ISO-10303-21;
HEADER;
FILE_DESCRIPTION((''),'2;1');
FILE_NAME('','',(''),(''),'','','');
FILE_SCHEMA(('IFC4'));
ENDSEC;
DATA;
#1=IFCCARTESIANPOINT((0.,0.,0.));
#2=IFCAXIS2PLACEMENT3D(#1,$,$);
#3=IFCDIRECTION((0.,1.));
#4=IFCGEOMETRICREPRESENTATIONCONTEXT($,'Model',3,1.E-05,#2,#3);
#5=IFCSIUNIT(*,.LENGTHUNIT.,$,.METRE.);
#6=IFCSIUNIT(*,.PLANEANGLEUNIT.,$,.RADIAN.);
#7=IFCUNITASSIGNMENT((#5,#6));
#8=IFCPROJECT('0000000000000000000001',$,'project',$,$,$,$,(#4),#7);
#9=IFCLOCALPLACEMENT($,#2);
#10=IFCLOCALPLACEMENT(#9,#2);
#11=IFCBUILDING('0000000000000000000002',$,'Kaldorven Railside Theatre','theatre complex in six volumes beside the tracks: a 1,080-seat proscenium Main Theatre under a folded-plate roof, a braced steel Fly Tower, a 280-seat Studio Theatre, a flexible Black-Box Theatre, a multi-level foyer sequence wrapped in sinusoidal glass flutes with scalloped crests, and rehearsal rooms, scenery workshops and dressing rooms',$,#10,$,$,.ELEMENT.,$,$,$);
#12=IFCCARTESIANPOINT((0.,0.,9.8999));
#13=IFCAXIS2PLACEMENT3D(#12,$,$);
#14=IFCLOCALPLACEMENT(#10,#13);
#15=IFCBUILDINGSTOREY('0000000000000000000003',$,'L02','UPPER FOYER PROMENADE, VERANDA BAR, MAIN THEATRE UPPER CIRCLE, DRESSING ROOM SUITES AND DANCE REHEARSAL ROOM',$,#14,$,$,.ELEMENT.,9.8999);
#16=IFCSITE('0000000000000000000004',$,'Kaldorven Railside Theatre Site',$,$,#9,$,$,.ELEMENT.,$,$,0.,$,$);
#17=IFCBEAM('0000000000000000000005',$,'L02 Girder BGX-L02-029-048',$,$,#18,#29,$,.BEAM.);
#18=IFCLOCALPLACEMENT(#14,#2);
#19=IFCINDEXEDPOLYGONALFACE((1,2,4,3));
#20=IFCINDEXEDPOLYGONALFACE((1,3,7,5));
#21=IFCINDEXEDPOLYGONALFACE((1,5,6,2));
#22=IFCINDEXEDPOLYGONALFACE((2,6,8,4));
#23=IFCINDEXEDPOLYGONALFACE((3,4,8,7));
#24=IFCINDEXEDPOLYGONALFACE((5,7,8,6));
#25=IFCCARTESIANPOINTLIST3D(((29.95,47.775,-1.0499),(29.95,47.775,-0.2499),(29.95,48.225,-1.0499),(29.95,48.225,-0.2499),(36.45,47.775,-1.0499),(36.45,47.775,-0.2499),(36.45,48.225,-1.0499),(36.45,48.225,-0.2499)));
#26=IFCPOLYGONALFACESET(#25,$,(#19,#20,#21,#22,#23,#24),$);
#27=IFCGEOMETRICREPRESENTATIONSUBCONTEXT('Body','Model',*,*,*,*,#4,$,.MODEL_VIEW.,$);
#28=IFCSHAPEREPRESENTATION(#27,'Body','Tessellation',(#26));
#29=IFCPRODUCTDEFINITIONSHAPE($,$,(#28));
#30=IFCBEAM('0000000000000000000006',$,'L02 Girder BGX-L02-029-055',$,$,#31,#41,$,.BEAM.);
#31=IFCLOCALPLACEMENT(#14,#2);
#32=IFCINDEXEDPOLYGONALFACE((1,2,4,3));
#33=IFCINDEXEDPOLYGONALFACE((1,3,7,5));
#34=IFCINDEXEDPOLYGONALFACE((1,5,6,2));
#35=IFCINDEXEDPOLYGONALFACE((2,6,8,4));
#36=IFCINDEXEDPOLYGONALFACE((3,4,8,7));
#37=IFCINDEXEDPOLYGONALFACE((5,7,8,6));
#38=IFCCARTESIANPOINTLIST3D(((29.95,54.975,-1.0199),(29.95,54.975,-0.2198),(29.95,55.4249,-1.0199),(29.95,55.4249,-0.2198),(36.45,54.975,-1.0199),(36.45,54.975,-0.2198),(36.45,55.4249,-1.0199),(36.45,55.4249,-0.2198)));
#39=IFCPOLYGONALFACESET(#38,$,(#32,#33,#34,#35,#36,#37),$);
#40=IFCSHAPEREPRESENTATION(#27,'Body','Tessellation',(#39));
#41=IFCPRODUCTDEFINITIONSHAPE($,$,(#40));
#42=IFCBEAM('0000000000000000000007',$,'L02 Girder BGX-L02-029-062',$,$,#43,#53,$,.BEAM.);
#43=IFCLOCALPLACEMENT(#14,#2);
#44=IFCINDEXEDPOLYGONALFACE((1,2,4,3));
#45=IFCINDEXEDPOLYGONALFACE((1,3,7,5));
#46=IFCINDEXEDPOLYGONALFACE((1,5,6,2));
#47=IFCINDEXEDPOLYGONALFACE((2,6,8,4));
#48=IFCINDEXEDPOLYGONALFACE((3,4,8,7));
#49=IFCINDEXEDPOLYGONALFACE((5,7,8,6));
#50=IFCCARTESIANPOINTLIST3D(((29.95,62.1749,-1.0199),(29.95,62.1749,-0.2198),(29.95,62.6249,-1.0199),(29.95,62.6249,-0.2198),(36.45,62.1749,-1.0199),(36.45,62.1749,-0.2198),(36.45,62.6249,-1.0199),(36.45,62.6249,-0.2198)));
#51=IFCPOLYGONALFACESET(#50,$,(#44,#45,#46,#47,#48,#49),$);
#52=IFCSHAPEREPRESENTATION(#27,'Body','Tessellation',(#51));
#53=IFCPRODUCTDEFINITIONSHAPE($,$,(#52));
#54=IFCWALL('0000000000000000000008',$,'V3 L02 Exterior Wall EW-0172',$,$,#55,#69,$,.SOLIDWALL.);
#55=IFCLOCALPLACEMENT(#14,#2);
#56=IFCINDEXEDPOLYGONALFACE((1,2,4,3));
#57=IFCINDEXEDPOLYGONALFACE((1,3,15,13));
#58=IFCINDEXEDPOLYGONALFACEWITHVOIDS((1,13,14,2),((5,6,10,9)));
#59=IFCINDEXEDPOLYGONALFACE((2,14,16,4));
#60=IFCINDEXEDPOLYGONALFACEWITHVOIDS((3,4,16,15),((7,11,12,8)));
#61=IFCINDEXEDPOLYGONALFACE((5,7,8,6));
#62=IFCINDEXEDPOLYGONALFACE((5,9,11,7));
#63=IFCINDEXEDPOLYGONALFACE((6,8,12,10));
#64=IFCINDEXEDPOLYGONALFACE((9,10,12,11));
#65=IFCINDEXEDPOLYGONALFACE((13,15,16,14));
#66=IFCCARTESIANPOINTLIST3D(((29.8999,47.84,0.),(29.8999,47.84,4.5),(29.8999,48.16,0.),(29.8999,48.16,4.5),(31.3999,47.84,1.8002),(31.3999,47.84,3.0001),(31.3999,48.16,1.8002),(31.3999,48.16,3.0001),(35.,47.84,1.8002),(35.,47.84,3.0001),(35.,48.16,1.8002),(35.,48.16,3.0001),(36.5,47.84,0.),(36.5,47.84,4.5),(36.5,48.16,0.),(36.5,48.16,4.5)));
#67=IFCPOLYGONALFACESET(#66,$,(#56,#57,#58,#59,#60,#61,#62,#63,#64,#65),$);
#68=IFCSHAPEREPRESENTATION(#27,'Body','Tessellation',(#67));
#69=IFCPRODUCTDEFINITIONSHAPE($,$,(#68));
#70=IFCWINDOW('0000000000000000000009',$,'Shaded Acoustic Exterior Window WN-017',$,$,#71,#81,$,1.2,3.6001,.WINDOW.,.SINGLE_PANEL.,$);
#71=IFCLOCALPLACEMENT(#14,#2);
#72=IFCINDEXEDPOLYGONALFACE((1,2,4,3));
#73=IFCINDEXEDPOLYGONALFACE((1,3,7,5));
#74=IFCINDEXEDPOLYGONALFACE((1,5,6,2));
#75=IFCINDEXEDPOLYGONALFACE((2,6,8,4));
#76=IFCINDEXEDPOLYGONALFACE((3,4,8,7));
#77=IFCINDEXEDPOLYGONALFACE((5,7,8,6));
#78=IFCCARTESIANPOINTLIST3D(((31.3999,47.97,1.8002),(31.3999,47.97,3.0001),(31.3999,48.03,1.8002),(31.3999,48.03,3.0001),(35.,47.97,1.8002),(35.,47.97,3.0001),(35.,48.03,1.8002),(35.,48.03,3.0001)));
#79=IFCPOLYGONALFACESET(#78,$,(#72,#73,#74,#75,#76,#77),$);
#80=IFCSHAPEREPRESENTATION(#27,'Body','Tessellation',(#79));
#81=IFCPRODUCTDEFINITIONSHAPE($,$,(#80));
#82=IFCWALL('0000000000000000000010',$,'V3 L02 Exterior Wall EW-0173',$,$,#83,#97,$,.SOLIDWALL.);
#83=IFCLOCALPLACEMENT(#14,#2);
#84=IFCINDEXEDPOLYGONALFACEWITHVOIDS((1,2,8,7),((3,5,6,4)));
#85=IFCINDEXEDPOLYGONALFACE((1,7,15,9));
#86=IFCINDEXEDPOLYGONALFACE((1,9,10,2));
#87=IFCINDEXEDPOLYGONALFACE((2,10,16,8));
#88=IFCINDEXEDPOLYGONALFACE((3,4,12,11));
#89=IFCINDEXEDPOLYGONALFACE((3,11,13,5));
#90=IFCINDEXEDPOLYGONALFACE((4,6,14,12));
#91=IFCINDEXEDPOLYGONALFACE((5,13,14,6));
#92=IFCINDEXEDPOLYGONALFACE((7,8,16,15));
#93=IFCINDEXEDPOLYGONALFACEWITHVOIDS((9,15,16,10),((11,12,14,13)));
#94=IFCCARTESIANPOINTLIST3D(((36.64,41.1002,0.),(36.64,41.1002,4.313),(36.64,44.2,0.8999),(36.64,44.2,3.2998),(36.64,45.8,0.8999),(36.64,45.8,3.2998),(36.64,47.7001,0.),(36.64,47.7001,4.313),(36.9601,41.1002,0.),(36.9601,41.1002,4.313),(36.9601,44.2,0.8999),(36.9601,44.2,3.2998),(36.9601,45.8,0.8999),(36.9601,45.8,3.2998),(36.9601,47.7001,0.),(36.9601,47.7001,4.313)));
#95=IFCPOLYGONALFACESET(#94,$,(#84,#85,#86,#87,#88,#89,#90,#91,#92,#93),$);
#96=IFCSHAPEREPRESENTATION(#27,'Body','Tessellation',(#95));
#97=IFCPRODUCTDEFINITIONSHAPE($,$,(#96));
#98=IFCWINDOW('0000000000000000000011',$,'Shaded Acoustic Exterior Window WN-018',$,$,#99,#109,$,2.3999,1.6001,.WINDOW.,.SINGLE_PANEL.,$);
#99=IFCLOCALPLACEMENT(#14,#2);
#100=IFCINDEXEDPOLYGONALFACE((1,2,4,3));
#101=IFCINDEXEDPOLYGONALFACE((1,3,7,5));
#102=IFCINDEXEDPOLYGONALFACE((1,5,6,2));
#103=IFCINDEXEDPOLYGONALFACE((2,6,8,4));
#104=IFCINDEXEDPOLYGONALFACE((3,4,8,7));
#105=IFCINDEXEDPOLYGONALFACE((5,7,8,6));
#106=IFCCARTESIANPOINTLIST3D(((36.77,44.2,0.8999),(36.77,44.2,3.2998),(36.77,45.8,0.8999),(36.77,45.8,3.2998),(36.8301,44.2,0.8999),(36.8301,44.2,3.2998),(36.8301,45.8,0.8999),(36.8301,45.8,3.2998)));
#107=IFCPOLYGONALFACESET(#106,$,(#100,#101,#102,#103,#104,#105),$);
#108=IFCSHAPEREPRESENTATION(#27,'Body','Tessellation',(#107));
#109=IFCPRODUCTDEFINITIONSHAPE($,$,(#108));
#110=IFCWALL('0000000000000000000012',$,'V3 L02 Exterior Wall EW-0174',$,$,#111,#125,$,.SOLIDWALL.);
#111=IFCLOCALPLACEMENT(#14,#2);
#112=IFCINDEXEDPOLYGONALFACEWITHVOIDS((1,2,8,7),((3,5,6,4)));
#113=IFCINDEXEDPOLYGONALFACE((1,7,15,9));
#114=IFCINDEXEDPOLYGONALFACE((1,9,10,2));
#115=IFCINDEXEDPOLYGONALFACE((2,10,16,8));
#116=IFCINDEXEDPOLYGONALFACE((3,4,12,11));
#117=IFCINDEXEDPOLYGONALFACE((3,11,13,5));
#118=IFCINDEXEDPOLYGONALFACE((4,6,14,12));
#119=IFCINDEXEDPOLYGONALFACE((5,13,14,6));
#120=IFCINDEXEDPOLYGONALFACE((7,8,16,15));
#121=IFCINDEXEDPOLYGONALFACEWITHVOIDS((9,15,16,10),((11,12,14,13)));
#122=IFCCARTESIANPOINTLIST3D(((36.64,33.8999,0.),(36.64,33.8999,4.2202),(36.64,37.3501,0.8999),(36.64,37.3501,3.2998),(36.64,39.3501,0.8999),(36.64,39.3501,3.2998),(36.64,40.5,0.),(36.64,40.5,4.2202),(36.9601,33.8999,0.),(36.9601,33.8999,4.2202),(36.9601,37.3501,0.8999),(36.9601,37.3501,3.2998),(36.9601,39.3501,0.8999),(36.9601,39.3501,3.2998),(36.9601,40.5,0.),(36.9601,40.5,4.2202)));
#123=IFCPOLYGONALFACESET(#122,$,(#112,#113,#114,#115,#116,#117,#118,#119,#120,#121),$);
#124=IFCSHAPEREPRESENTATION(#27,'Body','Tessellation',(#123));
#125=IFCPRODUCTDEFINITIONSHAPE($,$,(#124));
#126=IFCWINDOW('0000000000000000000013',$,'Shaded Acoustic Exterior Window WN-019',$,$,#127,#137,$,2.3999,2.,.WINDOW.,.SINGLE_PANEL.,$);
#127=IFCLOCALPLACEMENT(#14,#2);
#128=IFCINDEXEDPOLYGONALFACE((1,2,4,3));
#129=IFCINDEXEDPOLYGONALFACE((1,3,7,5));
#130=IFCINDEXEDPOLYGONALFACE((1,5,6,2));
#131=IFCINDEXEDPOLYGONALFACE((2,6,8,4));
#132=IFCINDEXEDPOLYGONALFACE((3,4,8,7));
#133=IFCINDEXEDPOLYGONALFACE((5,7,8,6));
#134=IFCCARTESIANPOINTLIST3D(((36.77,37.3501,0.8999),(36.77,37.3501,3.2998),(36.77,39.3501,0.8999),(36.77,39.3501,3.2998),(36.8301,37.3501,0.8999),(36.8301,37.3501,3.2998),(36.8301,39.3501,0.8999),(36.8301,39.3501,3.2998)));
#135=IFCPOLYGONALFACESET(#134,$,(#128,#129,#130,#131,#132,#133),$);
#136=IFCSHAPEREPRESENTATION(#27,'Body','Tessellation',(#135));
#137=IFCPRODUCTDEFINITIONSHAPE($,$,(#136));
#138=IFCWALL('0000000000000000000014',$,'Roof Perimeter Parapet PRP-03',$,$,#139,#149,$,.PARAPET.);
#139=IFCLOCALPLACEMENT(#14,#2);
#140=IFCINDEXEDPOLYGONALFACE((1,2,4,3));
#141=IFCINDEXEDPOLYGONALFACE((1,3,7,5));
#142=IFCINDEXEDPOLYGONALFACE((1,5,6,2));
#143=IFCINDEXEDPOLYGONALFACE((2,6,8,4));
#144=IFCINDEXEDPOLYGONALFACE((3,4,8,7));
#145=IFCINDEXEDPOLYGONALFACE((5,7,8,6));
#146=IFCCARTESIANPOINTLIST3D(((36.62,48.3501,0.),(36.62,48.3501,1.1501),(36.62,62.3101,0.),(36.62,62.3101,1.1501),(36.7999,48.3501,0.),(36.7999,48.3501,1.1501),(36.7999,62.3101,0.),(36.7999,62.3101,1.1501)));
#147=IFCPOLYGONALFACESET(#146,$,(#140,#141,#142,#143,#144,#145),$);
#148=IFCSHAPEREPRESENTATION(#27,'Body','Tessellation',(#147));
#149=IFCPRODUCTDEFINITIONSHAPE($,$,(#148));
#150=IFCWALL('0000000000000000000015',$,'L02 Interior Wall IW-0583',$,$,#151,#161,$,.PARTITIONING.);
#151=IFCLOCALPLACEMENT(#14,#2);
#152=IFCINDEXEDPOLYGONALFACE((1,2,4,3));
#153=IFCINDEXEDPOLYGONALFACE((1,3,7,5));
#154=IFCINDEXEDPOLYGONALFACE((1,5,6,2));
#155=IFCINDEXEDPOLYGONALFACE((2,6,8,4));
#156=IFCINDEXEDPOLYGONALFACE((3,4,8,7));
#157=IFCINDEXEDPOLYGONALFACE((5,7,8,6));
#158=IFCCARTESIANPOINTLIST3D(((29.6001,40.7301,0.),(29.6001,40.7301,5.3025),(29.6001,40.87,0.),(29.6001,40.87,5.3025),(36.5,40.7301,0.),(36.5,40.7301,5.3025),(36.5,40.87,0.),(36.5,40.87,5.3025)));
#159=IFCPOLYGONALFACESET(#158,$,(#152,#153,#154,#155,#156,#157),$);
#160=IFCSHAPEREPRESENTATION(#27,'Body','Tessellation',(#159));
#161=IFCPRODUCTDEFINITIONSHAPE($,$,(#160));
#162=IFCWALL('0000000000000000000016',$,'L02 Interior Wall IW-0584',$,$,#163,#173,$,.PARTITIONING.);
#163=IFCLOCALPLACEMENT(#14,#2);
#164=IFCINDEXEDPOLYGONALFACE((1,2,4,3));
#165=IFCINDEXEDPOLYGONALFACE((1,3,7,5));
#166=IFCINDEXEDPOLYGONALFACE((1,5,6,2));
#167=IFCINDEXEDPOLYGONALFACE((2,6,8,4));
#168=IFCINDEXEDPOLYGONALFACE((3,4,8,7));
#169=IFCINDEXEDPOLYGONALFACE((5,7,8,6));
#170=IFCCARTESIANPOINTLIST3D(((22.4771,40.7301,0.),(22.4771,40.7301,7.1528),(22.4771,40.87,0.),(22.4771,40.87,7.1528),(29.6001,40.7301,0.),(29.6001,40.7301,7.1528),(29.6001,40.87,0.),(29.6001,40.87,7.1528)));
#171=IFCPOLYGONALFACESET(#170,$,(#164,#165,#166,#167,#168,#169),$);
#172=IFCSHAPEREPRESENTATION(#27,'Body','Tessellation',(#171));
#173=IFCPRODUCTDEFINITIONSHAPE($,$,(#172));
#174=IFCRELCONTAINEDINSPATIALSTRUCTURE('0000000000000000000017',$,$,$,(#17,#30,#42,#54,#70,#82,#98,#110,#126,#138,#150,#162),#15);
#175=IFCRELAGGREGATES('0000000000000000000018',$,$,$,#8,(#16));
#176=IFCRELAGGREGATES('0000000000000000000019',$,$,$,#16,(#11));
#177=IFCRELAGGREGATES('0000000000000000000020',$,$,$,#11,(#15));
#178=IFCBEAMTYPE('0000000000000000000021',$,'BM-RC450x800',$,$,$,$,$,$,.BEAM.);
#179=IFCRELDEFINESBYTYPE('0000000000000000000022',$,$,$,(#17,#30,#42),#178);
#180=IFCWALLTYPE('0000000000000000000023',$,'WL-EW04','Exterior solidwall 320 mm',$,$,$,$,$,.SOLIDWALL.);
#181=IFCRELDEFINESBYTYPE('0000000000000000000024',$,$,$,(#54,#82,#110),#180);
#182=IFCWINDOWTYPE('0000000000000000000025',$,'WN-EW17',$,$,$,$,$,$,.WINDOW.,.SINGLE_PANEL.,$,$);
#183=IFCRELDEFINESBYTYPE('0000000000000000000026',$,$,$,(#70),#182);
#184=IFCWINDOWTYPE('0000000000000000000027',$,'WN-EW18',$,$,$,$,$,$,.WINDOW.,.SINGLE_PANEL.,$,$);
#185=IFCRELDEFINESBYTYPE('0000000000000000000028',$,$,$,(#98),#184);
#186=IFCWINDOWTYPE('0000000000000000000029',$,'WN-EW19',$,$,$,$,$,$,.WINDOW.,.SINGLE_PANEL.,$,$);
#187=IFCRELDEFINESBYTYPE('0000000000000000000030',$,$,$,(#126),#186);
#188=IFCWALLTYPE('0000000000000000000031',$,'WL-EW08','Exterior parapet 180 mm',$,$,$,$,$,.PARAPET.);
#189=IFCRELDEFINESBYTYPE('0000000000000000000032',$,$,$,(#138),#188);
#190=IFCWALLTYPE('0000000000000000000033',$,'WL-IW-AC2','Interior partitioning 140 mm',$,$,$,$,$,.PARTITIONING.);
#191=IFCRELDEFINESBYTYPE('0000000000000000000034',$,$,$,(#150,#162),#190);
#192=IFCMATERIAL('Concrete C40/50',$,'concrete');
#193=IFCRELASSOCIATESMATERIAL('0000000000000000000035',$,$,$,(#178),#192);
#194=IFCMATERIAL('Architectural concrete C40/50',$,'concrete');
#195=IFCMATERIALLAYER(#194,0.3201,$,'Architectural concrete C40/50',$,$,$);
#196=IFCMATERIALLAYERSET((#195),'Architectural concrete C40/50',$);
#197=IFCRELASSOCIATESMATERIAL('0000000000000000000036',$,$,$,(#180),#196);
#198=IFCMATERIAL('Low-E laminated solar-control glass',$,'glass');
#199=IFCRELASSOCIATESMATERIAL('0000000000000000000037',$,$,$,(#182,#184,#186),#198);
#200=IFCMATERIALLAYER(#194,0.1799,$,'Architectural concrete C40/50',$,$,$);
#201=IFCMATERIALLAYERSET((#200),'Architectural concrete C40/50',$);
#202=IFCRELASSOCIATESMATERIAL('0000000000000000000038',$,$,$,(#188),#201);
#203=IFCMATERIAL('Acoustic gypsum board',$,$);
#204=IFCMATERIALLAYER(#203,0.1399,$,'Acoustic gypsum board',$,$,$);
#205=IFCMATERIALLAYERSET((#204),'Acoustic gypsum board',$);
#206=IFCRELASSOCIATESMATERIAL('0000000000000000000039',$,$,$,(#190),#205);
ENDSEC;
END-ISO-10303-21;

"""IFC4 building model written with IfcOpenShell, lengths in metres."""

from ifc_helpers import new_model, si_unit, direction, frame, frame_2d, origin, origin_2d, place, context, subcontext, project, spatial, rectangle, extrude, material, layer, layer_set, material_profile, profile_set, type_object, element, fill, save


model = new_model("IFC4")

# Units and contexts
model_context = context("Model", 3, precision=1e-05, world=origin(), true_north=direction((0.0, 1.0)))
body_context = subcontext(model_context, "Body", "Model", "MODEL_VIEW")
ifc_project = project(units=[si_unit("LENGTHUNIT", "METRE"), si_unit("PLANEANGLEUNIT", "RADIAN")], contexts=[model_context])

# Site, building, storey
site_placement = place(None, origin())
site = spatial("IfcSite", under=ifc_project, at=site_placement, Name="Kaldorven Railside Theatre Site", CompositionType="ELEMENT", RefElevation=0.0)
building_placement = place(site_placement, origin())
building = spatial("IfcBuilding", under=site, at=building_placement, Name="Kaldorven Railside Theatre", Description="theatre complex in six volumes beside the tracks: a 1,080-seat proscenium Main Theatre under a folded-plate roof, a braced steel Fly Tower, a 280-seat Studio Theatre, a flexible Black-Box Theatre, a multi-level foyer sequence wrapped in sinusoidal glass flutes with scalloped crests, and rehearsal rooms, scenery workshops and dressing rooms", CompositionType="ELEMENT")
storey_placement = place(building_placement, frame((0.0, 0.0, 9.8999)))
storey = spatial("IfcBuildingStorey", under=building, at=storey_placement, Name="L02", Description="UPPER FOYER PROMENADE, VERANDA BAR, MAIN THEATRE UPPER CIRCLE, DRESSING ROOM SUITES AND DANCE REHEARSAL ROOM", CompositionType="ELEMENT", Elevation=9.8999)

# Shared definitions
ifc_material_1 = material(Name="Concrete C40/50", Category="concrete")

# Beams
ifc_material_profile_1 = material_profile(ifc_material_1, rectangle(XDim=0.45, YDim=0.8, at=origin_2d()), Name="RC 450x800")
ifc_profile_set_1 = profile_set([ifc_material_profile_1], Name="Concrete C40/50")
beam_type_1 = type_object("IfcBeamType", Name="BM-RC450x800", PredefinedType="BEAM", material=ifc_profile_set_1)
for number, where, z_axis, x_axis, name in (
    (1, (29.95, 48.0, -0.6499), (1.0, 0.0, 0.0), (0.0, 1.0, 0.0), "L02 Girder BGX-L02-029-048"),
    (2, (29.95, 55.2, -0.6199), (1.0, 0.0, 0.0), (0.0, 1.0, 0.0), "L02 Girder BGX-L02-029-055"),
    (3, (29.95, 62.3999, -0.6199), (1.0, 0.0, 0.0), (0.0, 1.0, 0.0), "L02 Girder BGX-L02-029-062"),
):
    element("IfcBeam", number, at=place(storey_placement, frame(where, z_axis=z_axis, x_axis=x_axis)), inside=storey, type_object=beam_type_1, Name=name, PredefinedType="BEAM", context=body_context, shape_type="SweptSolid", body=[
        extrude(rectangle(XDim=0.45, YDim=0.8, at=origin_2d()), origin(), (0.0, 0.0, 1.0), 6.5),
    ])

# Walls, openings, windows
ifc_material_2 = material(Name="Architectural concrete C40/50", Category="concrete")
ifc_layer_1 = layer(ifc_material_2, 0.3201, Name="Architectural concrete C40/50")
ifc_layer_set_1 = layer_set([ifc_layer_1], Name="Architectural concrete C40/50")
wall_type_1 = type_object("IfcWallType", Name="WL-EW04", Description="Exterior solidwall 320 mm", PredefinedType="SOLIDWALL", material=ifc_layer_set_1)
wall_1_placement = place(storey_placement, frame((29.8999, 48.0, 0.0), z_axis=(0.0, 0.0, 1.0), x_axis=(1.0, 0.0, 0.0)))
wall_1 = element("IfcWall", 4, at=wall_1_placement, inside=storey, type_object=wall_type_1, Name="V3 L02 Exterior Wall EW-0172", PredefinedType="SOLIDWALL", context=body_context, shape_type="SweptSolid", body=[
    extrude(rectangle(XDim=6.6001, YDim=0.3201, at=frame_2d((3.3, 0.0))), origin(), (0.0, 0.0, 1.0), 4.5),
])
opening_1_placement = place(wall_1_placement, frame((1.5, 0.0, 1.8)))
opening_1 = element("IfcOpeningElement", 5, at=opening_1_placement, cuts=wall_1, PredefinedType="OPENING", context=body_context, shape_type="SweptSolid", body=[
    extrude(rectangle(XDim=3.6001, YDim=1.2, at=frame_2d((1.8, 0.6001))), frame((0.0, 0.1699, 0.0), z_axis=(0.0, -1.0, 0.0), x_axis=(1.0, 0.0, 0.0)), (0.0, 0.0, 1.0), 0.3401),
])
ifc_material_3 = material(Name="Low-E laminated solar-control glass", Category="glass")
window_type_1 = type_object("IfcWindowType", Name="WN-EW17", PartitioningType="SINGLE_PANEL", PredefinedType="WINDOW", material=ifc_material_3)
window_1_placement = place(opening_1_placement, origin())
window_1 = element("IfcWindow", 6, at=window_1_placement, inside=storey, type_object=window_type_1, Name="Shaded Acoustic Exterior Window WN-017", OverallHeight=1.2, OverallWidth=3.6001, PartitioningType="SINGLE_PANEL", PredefinedType="WINDOW", context=body_context, shape_type="SweptSolid", body=[
    extrude(rectangle(XDim=3.6001, YDim=1.2, at=frame_2d((1.8, 0.6001))), frame((0.0, 0.03, 0.0), z_axis=(0.0, -1.0, 0.0), x_axis=(1.0, 0.0, 0.0)), (0.0, 0.0, 1.0), 0.0601),
])
fill(opening_1, window_1)
wall_2_placement = place(storey_placement, frame((36.8, 47.7, 0.0), z_axis=(0.0, 0.0, 1.0), x_axis=(0.0, -1.0, 0.0)))
wall_2 = element("IfcWall", 7, at=wall_2_placement, inside=storey, type_object=wall_type_1, Name="V3 L02 Exterior Wall EW-0173", PredefinedType="SOLIDWALL", context=body_context, shape_type="SweptSolid", body=[
    extrude(rectangle(XDim=6.5999, YDim=0.3201, at=frame_2d((3.2998, 0.0))), origin(), (0.0, 0.0, 1.0), 4.313),
])
opening_2_placement = place(wall_2_placement, frame((1.8999, 0.0, 0.8999)))
opening_2 = element("IfcOpeningElement", 8, at=opening_2_placement, cuts=wall_2, PredefinedType="OPENING", context=body_context, shape_type="SweptSolid", body=[
    extrude(rectangle(XDim=1.6001, YDim=2.3999, at=frame_2d((0.8, 1.2))), frame((0.0, 0.1699, 0.0), z_axis=(0.0, -1.0, 0.0), x_axis=(1.0, 0.0, 0.0)), (0.0, 0.0, 1.0), 0.3401),
])
window_type_2 = type_object("IfcWindowType", Name="WN-EW18", PartitioningType="SINGLE_PANEL", PredefinedType="WINDOW", material=ifc_material_3)
window_2_placement = place(opening_2_placement, origin())
window_2 = element("IfcWindow", 9, at=window_2_placement, inside=storey, type_object=window_type_2, Name="Shaded Acoustic Exterior Window WN-018", OverallHeight=2.3999, OverallWidth=1.6001, PartitioningType="SINGLE_PANEL", PredefinedType="WINDOW", context=body_context, shape_type="SweptSolid", body=[
    extrude(rectangle(XDim=1.6001, YDim=2.3999, at=frame_2d((0.8, 1.2))), frame((0.0, 0.03, 0.0), z_axis=(0.0, -1.0, 0.0), x_axis=(1.0, 0.0, 0.0)), (0.0, 0.0, 1.0), 0.0601),
])
fill(opening_2, window_2)
wall_3_placement = place(storey_placement, frame((36.8, 40.5, 0.0), z_axis=(0.0, 0.0, 1.0), x_axis=(0.0, -1.0, 0.0)))
wall_3 = element("IfcWall", 10, at=wall_3_placement, inside=storey, type_object=wall_type_1, Name="V3 L02 Exterior Wall EW-0174", PredefinedType="SOLIDWALL", context=body_context, shape_type="SweptSolid", body=[
    extrude(rectangle(XDim=6.6001, YDim=0.3201, at=frame_2d((3.3, 0.0))), origin(), (0.0, 0.0, 1.0), 4.2202),
])
opening_3_placement = place(wall_3_placement, frame((1.1499, 0.0, 0.8999)))
opening_3 = element("IfcOpeningElement", 11, at=opening_3_placement, cuts=wall_3, PredefinedType="OPENING", context=body_context, shape_type="SweptSolid", body=[
    extrude(rectangle(XDim=2.0, YDim=2.3999, at=frame_2d((1.0, 1.2))), frame((0.0, 0.1699, 0.0), z_axis=(0.0, -1.0, 0.0), x_axis=(1.0, 0.0, 0.0)), (0.0, 0.0, 1.0), 0.3401),
])
window_type_3 = type_object("IfcWindowType", Name="WN-EW19", PartitioningType="SINGLE_PANEL", PredefinedType="WINDOW", material=ifc_material_3)
window_3_placement = place(opening_3_placement, origin())
window_3 = element("IfcWindow", 12, at=window_3_placement, inside=storey, type_object=window_type_3, Name="Shaded Acoustic Exterior Window WN-019", OverallHeight=2.3999, OverallWidth=2.0, PartitioningType="SINGLE_PANEL", PredefinedType="WINDOW", context=body_context, shape_type="SweptSolid", body=[
    extrude(rectangle(XDim=2.0, YDim=2.3999, at=frame_2d((1.0, 1.2))), frame((0.0, 0.03, 0.0), z_axis=(0.0, -1.0, 0.0), x_axis=(1.0, 0.0, 0.0)), (0.0, 0.0, 1.0), 0.0601),
])
fill(opening_3, window_3)

# Walls
ifc_layer_2 = layer(ifc_material_2, 0.1799, Name="Architectural concrete C40/50")
ifc_layer_set_2 = layer_set([ifc_layer_2], Name="Architectural concrete C40/50")
wall_type_2 = type_object("IfcWallType", Name="WL-EW08", Description="Exterior parapet 180 mm", PredefinedType="PARAPET", material=ifc_layer_set_2)
wall_4_placement = place(storey_placement, frame((36.71, 62.3101, 0.0), z_axis=(0.0, 0.0, 1.0), x_axis=(0.0, -1.0, 0.0)))
element("IfcWall", 13, at=wall_4_placement, inside=storey, type_object=wall_type_2, Name="Roof Perimeter Parapet PRP-03", PredefinedType="PARAPET", context=body_context, shape_type="SweptSolid", body=[
    extrude(rectangle(XDim=13.96, YDim=0.1799, at=frame_2d((6.98, 0.0))), origin(), (0.0, 0.0, 1.0), 1.1501),
])
ifc_material_4 = material(Name="Acoustic gypsum board")
ifc_layer_3 = layer(ifc_material_4, 0.1399, Name="Acoustic gypsum board")
ifc_layer_set_3 = layer_set([ifc_layer_3], Name="Acoustic gypsum board")
wall_type_3 = type_object("IfcWallType", Name="WL-IW-AC2", Description="Interior partitioning 140 mm", PredefinedType="PARTITIONING", material=ifc_layer_set_3)
wall_5_placement = place(storey_placement, frame((36.5, 40.8, 0.0), z_axis=(0.0, 0.0, 1.0), x_axis=(-1.0, 0.0, 0.0)))
element("IfcWall", 14, at=wall_5_placement, inside=storey, type_object=wall_type_3, Name="L02 Interior Wall IW-0583", PredefinedType="PARTITIONING", context=body_context, shape_type="SweptSolid", body=[
    extrude(rectangle(XDim=6.8999, YDim=0.1399, at=frame_2d((3.45, 0.0))), origin(), (0.0, 0.0, 1.0), 5.3025),
])
wall_6_placement = place(storey_placement, frame((29.6001, 40.8, 0.0), z_axis=(0.0, 0.0, 1.0), x_axis=(-1.0, 0.0, 0.0)))
element("IfcWall", 15, at=wall_6_placement, inside=storey, type_object=wall_type_3, Name="L02 Interior Wall IW-0584", PredefinedType="PARTITIONING", context=body_context, shape_type="SweptSolid", body=[
    extrude(rectangle(XDim=7.123, YDim=0.1399, at=frame_2d((3.5615, 0.0))), origin(), (0.0, 0.0, 1.0), 7.1528),
])

save(model, "model.ifc")
